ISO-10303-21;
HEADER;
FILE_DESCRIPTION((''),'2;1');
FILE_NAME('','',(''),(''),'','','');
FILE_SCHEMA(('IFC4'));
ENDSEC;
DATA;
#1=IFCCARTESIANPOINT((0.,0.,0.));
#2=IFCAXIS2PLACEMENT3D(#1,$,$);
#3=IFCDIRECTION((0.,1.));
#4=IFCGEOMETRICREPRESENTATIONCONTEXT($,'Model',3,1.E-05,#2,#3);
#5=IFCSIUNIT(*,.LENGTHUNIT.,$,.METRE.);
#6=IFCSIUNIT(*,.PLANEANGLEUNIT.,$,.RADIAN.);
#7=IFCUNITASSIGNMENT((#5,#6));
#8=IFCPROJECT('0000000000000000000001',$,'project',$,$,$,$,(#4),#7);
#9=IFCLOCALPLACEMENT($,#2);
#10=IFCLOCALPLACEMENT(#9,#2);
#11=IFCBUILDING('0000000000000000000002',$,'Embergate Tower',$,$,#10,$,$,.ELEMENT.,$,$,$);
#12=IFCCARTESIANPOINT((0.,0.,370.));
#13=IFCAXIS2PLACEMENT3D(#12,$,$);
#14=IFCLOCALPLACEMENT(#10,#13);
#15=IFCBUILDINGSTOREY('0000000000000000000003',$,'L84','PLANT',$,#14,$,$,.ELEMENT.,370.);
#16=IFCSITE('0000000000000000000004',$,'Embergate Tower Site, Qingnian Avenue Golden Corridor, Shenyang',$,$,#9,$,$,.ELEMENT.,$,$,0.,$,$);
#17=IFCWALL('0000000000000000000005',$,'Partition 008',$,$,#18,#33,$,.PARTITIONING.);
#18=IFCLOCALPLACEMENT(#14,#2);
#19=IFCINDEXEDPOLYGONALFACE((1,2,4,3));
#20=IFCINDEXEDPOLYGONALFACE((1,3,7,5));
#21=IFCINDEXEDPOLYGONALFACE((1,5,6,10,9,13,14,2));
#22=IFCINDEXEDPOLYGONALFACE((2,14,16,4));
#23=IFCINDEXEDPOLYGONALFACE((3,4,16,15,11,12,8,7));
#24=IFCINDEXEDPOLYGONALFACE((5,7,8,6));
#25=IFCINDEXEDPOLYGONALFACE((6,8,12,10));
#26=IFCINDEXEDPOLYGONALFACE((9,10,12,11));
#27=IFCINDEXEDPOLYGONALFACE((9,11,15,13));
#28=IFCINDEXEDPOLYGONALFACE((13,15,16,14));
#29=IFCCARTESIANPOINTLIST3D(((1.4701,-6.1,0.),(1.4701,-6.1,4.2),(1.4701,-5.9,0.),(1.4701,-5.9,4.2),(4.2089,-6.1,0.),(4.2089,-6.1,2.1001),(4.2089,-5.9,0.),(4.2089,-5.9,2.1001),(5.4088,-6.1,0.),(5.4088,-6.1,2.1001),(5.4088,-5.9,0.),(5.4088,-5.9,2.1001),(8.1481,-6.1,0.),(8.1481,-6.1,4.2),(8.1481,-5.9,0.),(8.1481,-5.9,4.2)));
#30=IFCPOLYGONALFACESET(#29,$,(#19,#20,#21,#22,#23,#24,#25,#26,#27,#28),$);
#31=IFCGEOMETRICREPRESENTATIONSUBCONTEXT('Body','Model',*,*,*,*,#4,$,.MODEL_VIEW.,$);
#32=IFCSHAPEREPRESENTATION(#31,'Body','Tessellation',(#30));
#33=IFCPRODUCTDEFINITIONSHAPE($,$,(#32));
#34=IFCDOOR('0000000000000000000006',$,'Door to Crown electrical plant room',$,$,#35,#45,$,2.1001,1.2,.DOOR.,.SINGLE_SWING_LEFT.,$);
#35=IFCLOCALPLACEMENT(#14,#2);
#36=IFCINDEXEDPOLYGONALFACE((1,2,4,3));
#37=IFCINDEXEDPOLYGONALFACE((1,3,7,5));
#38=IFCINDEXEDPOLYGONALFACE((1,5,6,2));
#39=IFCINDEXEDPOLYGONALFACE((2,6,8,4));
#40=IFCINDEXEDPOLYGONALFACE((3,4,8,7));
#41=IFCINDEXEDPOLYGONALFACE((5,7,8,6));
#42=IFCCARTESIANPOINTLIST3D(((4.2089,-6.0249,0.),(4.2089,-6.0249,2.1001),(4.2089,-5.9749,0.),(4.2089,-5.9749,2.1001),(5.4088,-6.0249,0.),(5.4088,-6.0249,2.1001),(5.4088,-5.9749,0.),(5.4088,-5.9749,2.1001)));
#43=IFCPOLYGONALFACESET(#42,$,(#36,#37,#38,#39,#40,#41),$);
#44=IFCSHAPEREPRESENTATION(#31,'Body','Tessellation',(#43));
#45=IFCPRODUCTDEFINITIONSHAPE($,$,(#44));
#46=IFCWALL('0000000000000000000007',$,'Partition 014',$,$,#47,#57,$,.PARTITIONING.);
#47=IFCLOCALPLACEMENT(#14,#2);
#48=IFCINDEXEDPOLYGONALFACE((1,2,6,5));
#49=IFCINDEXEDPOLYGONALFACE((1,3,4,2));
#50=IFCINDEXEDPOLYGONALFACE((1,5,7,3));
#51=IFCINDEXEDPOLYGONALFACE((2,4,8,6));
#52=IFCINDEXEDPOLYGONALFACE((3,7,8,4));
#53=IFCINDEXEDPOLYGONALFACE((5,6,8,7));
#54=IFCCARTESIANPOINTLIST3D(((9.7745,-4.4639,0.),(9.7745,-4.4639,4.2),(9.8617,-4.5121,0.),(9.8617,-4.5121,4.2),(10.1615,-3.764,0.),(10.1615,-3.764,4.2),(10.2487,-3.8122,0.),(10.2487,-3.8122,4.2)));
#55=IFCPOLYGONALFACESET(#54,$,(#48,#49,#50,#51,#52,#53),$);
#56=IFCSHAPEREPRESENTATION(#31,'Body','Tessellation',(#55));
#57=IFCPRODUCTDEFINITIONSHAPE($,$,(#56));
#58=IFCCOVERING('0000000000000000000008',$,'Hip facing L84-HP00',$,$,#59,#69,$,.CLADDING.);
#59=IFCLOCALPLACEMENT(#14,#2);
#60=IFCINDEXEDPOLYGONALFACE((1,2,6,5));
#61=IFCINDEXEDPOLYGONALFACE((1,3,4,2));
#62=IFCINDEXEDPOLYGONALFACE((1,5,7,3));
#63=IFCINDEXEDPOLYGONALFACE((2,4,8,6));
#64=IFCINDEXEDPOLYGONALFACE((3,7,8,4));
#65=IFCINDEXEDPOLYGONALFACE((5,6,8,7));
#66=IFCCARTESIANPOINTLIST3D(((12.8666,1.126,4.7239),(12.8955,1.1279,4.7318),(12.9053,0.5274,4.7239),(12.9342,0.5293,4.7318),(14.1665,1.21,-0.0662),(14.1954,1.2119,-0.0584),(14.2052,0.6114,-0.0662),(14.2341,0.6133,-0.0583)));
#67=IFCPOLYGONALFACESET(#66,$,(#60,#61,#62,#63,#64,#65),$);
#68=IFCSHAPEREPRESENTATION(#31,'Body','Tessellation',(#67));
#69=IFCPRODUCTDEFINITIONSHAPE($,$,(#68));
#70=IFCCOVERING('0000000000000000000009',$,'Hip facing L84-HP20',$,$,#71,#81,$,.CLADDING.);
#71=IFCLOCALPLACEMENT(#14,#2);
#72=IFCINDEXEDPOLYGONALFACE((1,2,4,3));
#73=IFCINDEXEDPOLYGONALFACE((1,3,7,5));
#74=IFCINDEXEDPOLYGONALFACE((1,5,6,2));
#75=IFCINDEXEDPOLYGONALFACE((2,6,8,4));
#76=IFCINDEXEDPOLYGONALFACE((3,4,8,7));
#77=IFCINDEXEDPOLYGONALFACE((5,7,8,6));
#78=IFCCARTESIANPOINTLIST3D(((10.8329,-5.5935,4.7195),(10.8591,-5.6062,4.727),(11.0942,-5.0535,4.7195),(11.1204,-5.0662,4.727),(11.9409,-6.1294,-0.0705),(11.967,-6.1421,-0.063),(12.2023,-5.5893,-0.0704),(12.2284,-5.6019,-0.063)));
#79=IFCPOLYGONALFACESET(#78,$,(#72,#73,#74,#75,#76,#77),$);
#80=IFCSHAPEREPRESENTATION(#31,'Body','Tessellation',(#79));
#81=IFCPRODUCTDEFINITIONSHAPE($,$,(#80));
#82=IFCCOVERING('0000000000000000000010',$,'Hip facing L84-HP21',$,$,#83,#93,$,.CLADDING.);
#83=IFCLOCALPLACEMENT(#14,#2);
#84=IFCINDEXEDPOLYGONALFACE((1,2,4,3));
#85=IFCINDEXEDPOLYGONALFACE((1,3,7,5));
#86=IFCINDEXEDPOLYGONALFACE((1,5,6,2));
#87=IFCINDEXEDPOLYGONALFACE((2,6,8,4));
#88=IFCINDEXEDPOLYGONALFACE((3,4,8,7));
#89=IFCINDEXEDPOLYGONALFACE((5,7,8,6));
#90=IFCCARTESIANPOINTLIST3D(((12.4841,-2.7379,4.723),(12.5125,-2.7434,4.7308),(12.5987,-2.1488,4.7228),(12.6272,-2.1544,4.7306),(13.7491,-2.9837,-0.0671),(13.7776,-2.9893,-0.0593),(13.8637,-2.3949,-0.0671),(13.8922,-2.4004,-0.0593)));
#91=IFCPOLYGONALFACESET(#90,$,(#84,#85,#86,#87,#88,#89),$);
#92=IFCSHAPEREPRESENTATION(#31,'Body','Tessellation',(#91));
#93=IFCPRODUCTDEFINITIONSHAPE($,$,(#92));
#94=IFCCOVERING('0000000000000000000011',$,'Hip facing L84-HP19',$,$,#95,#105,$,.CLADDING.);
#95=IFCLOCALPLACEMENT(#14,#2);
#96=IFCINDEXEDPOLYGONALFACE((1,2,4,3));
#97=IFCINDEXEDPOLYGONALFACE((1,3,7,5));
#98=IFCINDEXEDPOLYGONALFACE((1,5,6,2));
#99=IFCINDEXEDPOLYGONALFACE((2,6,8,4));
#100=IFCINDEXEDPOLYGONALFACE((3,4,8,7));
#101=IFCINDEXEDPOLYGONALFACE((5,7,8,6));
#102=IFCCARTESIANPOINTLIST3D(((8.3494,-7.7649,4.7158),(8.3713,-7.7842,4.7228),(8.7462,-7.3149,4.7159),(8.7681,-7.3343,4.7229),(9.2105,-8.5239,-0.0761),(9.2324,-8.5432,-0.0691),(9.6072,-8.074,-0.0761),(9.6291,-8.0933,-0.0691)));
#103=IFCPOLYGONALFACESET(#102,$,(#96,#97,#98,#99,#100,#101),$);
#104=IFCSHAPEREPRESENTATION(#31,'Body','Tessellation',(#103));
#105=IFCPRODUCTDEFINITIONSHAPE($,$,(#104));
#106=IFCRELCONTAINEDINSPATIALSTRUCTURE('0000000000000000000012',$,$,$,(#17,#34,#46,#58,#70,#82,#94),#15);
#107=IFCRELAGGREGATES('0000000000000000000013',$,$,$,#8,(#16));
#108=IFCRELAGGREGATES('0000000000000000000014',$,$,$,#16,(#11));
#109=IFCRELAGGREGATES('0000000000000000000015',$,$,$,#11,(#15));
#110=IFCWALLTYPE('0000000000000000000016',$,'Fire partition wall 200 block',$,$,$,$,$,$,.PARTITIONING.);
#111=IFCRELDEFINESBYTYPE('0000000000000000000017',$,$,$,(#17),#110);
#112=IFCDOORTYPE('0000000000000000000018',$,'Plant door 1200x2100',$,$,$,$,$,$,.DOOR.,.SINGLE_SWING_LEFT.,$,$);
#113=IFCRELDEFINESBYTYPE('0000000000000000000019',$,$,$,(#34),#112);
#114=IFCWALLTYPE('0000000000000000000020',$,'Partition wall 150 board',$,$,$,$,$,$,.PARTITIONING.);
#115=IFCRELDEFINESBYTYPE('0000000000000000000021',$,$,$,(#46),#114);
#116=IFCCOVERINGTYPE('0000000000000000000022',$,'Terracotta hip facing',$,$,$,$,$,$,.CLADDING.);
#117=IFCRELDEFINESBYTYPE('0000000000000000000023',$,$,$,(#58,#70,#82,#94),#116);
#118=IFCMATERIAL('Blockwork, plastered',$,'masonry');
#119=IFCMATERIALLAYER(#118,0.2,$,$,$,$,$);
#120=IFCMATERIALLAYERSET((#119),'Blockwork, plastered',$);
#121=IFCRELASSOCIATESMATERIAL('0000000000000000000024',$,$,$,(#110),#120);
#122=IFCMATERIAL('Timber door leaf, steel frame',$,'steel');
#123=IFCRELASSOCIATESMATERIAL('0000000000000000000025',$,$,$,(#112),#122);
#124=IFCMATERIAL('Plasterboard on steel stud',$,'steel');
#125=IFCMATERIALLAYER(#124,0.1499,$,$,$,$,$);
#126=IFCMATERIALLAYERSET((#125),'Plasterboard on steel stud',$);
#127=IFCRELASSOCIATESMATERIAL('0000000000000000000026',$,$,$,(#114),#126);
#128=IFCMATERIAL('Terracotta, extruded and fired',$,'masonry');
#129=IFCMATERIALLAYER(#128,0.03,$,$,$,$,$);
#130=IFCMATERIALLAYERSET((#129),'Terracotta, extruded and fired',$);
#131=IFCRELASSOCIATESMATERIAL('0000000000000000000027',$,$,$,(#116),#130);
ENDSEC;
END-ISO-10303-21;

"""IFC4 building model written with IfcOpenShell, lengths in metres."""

from ifc_helpers import new_model, si_unit, direction, frame, frame_2d, origin, place, context, subcontext, project, spatial, polyline, rectangle, outline, extrude, source, transform, mapped, material, layer, layer_set, type_object, element, fill, save


model = new_model("IFC4")

# Units and contexts
model_context = context("Model", 3, precision=1e-05, world=origin(), true_north=direction((0.0, 1.0)))
body_context = subcontext(model_context, "Body", "Model", "MODEL_VIEW")
ifc_project = project(units=[si_unit("LENGTHUNIT", "METRE"), si_unit("PLANEANGLEUNIT", "RADIAN")], contexts=[model_context])

# Site, building, storey
site_placement = place(None, origin())
site = spatial("IfcSite", under=ifc_project, at=site_placement, Name="Embergate Tower Site, Qingnian Avenue Golden Corridor, Shenyang", CompositionType="ELEMENT", RefElevation=0.0)
building_placement = place(site_placement, origin())
building = spatial("IfcBuilding", under=site, at=building_placement, Name="Embergate Tower", CompositionType="ELEMENT")
storey_placement = place(building_placement, frame((0.0, 0.0, 370.0)))
storey = spatial("IfcBuildingStorey", under=building, at=storey_placement, Name="L84", Description="PLANT", CompositionType="ELEMENT", Elevation=370.0)

# Wall, opening, door
ifc_material_1 = material(Name="Blockwork, plastered", Category="masonry")
ifc_layer_1 = layer(ifc_material_1, 0.2)
ifc_layer_set_1 = layer_set([ifc_layer_1], Name="Blockwork, plastered")
wall_type_1 = type_object("IfcWallType", Name="Fire partition wall 200 block", PredefinedType="PARTITIONING", material=ifc_layer_set_1)
shared_shape_1 = source(origin(), body_context, "Body", "SweptSolid", [
    extrude(rectangle(XDim=6.678, YDim=0.2, at=frame_2d((3.3389, 0.0))), origin(), (0.0, 0.0, 1.0), 4.2),
])
wall_1_placement = place(storey_placement, frame((8.1479, -6.0, 0.0), z_axis=(0.0, 0.0, 1.0), x_axis=(-1.0, 0.0, 0.0)))
wall_1 = element("IfcWall", 1, at=wall_1_placement, inside=storey, type_object=wall_type_1, Name="Partition 008", PredefinedType="PARTITIONING", context=body_context, shape_type="MappedRepresentation", body=[
    mapped(shared_shape_1, transform((0.0, 0.0, 0.0))),
])
shared_shape_2 = source(origin(), body_context, "Body", "SweptSolid", [
    extrude(rectangle(XDim=1.2, YDim=2.1001, at=frame_2d((0.6001, 1.05))), frame((0.0, 0.1099, 0.0), z_axis=(0.0, -1.0, 0.0), x_axis=(1.0, 0.0, 0.0)), (0.0, 0.0, 1.0), 0.22),
])
opening_placement = place(wall_1_placement, frame((2.739, 0.0, 0.0)))
opening = element("IfcOpeningElement", 2, at=opening_placement, cuts=wall_1, PredefinedType="OPENING", context=body_context, shape_type="MappedRepresentation", body=[
    mapped(shared_shape_2, transform((0.0, 0.0, 0.0))),
])
ifc_material_2 = material(Name="Timber door leaf, steel frame", Category="steel")
door_type = type_object("IfcDoorType", Name="Plant door 1200x2100", OperationType="SINGLE_SWING_LEFT", PredefinedType="DOOR", material=ifc_material_2)
shared_shape_3 = source(origin(), body_context, "Body", "SweptSolid", [
    extrude(rectangle(XDim=1.2, YDim=2.1001, at=frame_2d((0.6001, 1.05))), frame((0.0, 0.0249, 0.0), z_axis=(0.0, -1.0, 0.0), x_axis=(1.0, 0.0, 0.0)), (0.0, 0.0, 1.0), 0.05),
])
door_placement = place(opening_placement, origin())
door = element("IfcDoor", 3, at=door_placement, inside=storey, type_object=door_type, Name="Door to Crown electrical plant room", OperationType="SINGLE_SWING_LEFT", OverallHeight=2.1001, OverallWidth=1.2, PredefinedType="DOOR", context=body_context, shape_type="MappedRepresentation", body=[
    mapped(shared_shape_3, transform((0.0, 0.0, 0.0))),
])
fill(opening, door)

# Wall
ifc_material_3 = material(Name="Plasterboard on steel stud", Category="steel")
ifc_layer_2 = layer(ifc_material_3, 0.1499)
ifc_layer_set_2 = layer_set([ifc_layer_2], Name="Plasterboard on steel stud")
wall_type_2 = type_object("IfcWallType", Name="Partition wall 150 board", PredefinedType="PARTITIONING", material=ifc_layer_set_2)
shared_shape_4 = source(origin(), body_context, "Body", "SweptSolid", [
    extrude(rectangle(XDim=0.7998, YDim=0.0996, at=frame_2d((0.3999, 0.0))), origin(), (0.0, 0.0, 1.0), 4.2),
])
wall_2_placement = place(storey_placement, frame((10.2051, -3.7881, 0.0), z_axis=(0.0, 0.0, 1.0), x_axis=(-0.483828, -0.875163, 0.0)))
element("IfcWall", 4, at=wall_2_placement, inside=storey, type_object=wall_type_2, Name="Partition 014", PredefinedType="PARTITIONING", context=body_context, shape_type="MappedRepresentation", body=[
    mapped(shared_shape_4, transform((0.0, 0.0, 0.0))),
])

# Coverings
ifc_material_4 = material(Name="Terracotta, extruded and fired", Category="masonry")
ifc_layer_3 = layer(ifc_material_4, 0.03)
ifc_layer_set_3 = layer_set([ifc_layer_3], Name="Terracotta, extruded and fired")
covering_type = type_object("IfcCoveringType", Name="Terracotta hip facing", PredefinedType="CLADDING", material=ifc_layer_set_3)
shared_shape_5 = source(origin(), body_context, "Body", "SweptSolid", [
    extrude(outline(polyline([(0.0, 0.0), (4.9641, 0.0), (4.9641, -0.5999), (0.0, -0.5999), (0.0, 0.0)])), origin(), (0.0, 0.0, -1.0), 0.03),
])
covering_1_placement = place(storey_placement, frame((14.2341, 0.6133, -0.0583), z_axis=(0.962945, 0.062246, 0.262417), x_axis=(-0.261871, -0.016917, 0.964955)))
element("IfcCovering", 5, at=covering_1_placement, inside=storey, type_object=covering_type, Name="Hip facing L84-HP00", PredefinedType="CLADDING", context=body_context, shape_type="MappedRepresentation", body=[
    mapped(shared_shape_5, transform((0.0, 0.0, 0.0))),
])
shared_shape_6 = source(origin(), body_context, "Body", "SweptSolid", [
    extrude(outline(polyline([(0.0, 0.0), (4.9456, 0.0), (4.9456, -0.5999), (0.0, -0.6001), (0.0, 0.0)])), origin(), (0.0, 0.0, -1.0), 0.03),
])
covering_2_placement = place(storey_placement, frame((11.967, -6.1421, -0.063), z_axis=(0.87181, -0.421914, 0.248869), x_axis=(-0.224037, 0.108365, 0.968537)))
element("IfcCovering", 6, at=covering_2_placement, inside=storey, type_object=covering_type, Name="Hip facing L84-HP20", PredefinedType="CLADDING", context=body_context, shape_type="MappedRepresentation", body=[
    mapped(shared_shape_6, transform((0.0, 0.0, 0.0))),
])
shared_shape_7 = source(origin(), body_context, "Body", "SweptSolid", [
    extrude(outline(polyline([(0.0, 0.0), (4.9604, 0.0), (4.9602, -0.6001), (0.0, -0.5999), (0.0, 0.0)])), origin(), (0.0, 0.0, -1.0), 0.03),
])
covering_3_placement = place(storey_placement, frame((13.7776, -2.9893, -0.0593), z_axis=(0.947879, -0.184468, 0.259801), x_axis=(-0.25503, 0.049559, 0.965662)))
element("IfcCovering", 7, at=covering_3_placement, inside=storey, type_object=covering_type, Name="Hip facing L84-HP21", PredefinedType="CLADDING", context=body_context, shape_type="MappedRepresentation", body=[
    mapped(shared_shape_7, transform((0.0, 0.0, 0.0))),
])
shared_shape_8 = source(origin(), body_context, "Body", "SweptSolid", [
    extrude(outline(polyline([(0.0, 0.0), (4.9275, 0.0), (4.9275, -0.5999), (0.0, -0.5999), (0.0, 0.0)])), origin(), (0.0, 0.0, -1.0), 0.03),
])
covering_4_placement = place(storey_placement, frame((9.2324, -8.5432, -0.0691), z_axis=(0.72944, -0.643158, 0.232949), x_axis=(-0.174749, 0.154039, 0.972489)))
element("IfcCovering", 8, at=covering_4_placement, inside=storey, type_object=covering_type, Name="Hip facing L84-HP19", PredefinedType="CLADDING", context=body_context, shape_type="MappedRepresentation", body=[
    mapped(shared_shape_8, transform((0.0, 0.0, 0.0))),
])

save(model, "model.ifc")
